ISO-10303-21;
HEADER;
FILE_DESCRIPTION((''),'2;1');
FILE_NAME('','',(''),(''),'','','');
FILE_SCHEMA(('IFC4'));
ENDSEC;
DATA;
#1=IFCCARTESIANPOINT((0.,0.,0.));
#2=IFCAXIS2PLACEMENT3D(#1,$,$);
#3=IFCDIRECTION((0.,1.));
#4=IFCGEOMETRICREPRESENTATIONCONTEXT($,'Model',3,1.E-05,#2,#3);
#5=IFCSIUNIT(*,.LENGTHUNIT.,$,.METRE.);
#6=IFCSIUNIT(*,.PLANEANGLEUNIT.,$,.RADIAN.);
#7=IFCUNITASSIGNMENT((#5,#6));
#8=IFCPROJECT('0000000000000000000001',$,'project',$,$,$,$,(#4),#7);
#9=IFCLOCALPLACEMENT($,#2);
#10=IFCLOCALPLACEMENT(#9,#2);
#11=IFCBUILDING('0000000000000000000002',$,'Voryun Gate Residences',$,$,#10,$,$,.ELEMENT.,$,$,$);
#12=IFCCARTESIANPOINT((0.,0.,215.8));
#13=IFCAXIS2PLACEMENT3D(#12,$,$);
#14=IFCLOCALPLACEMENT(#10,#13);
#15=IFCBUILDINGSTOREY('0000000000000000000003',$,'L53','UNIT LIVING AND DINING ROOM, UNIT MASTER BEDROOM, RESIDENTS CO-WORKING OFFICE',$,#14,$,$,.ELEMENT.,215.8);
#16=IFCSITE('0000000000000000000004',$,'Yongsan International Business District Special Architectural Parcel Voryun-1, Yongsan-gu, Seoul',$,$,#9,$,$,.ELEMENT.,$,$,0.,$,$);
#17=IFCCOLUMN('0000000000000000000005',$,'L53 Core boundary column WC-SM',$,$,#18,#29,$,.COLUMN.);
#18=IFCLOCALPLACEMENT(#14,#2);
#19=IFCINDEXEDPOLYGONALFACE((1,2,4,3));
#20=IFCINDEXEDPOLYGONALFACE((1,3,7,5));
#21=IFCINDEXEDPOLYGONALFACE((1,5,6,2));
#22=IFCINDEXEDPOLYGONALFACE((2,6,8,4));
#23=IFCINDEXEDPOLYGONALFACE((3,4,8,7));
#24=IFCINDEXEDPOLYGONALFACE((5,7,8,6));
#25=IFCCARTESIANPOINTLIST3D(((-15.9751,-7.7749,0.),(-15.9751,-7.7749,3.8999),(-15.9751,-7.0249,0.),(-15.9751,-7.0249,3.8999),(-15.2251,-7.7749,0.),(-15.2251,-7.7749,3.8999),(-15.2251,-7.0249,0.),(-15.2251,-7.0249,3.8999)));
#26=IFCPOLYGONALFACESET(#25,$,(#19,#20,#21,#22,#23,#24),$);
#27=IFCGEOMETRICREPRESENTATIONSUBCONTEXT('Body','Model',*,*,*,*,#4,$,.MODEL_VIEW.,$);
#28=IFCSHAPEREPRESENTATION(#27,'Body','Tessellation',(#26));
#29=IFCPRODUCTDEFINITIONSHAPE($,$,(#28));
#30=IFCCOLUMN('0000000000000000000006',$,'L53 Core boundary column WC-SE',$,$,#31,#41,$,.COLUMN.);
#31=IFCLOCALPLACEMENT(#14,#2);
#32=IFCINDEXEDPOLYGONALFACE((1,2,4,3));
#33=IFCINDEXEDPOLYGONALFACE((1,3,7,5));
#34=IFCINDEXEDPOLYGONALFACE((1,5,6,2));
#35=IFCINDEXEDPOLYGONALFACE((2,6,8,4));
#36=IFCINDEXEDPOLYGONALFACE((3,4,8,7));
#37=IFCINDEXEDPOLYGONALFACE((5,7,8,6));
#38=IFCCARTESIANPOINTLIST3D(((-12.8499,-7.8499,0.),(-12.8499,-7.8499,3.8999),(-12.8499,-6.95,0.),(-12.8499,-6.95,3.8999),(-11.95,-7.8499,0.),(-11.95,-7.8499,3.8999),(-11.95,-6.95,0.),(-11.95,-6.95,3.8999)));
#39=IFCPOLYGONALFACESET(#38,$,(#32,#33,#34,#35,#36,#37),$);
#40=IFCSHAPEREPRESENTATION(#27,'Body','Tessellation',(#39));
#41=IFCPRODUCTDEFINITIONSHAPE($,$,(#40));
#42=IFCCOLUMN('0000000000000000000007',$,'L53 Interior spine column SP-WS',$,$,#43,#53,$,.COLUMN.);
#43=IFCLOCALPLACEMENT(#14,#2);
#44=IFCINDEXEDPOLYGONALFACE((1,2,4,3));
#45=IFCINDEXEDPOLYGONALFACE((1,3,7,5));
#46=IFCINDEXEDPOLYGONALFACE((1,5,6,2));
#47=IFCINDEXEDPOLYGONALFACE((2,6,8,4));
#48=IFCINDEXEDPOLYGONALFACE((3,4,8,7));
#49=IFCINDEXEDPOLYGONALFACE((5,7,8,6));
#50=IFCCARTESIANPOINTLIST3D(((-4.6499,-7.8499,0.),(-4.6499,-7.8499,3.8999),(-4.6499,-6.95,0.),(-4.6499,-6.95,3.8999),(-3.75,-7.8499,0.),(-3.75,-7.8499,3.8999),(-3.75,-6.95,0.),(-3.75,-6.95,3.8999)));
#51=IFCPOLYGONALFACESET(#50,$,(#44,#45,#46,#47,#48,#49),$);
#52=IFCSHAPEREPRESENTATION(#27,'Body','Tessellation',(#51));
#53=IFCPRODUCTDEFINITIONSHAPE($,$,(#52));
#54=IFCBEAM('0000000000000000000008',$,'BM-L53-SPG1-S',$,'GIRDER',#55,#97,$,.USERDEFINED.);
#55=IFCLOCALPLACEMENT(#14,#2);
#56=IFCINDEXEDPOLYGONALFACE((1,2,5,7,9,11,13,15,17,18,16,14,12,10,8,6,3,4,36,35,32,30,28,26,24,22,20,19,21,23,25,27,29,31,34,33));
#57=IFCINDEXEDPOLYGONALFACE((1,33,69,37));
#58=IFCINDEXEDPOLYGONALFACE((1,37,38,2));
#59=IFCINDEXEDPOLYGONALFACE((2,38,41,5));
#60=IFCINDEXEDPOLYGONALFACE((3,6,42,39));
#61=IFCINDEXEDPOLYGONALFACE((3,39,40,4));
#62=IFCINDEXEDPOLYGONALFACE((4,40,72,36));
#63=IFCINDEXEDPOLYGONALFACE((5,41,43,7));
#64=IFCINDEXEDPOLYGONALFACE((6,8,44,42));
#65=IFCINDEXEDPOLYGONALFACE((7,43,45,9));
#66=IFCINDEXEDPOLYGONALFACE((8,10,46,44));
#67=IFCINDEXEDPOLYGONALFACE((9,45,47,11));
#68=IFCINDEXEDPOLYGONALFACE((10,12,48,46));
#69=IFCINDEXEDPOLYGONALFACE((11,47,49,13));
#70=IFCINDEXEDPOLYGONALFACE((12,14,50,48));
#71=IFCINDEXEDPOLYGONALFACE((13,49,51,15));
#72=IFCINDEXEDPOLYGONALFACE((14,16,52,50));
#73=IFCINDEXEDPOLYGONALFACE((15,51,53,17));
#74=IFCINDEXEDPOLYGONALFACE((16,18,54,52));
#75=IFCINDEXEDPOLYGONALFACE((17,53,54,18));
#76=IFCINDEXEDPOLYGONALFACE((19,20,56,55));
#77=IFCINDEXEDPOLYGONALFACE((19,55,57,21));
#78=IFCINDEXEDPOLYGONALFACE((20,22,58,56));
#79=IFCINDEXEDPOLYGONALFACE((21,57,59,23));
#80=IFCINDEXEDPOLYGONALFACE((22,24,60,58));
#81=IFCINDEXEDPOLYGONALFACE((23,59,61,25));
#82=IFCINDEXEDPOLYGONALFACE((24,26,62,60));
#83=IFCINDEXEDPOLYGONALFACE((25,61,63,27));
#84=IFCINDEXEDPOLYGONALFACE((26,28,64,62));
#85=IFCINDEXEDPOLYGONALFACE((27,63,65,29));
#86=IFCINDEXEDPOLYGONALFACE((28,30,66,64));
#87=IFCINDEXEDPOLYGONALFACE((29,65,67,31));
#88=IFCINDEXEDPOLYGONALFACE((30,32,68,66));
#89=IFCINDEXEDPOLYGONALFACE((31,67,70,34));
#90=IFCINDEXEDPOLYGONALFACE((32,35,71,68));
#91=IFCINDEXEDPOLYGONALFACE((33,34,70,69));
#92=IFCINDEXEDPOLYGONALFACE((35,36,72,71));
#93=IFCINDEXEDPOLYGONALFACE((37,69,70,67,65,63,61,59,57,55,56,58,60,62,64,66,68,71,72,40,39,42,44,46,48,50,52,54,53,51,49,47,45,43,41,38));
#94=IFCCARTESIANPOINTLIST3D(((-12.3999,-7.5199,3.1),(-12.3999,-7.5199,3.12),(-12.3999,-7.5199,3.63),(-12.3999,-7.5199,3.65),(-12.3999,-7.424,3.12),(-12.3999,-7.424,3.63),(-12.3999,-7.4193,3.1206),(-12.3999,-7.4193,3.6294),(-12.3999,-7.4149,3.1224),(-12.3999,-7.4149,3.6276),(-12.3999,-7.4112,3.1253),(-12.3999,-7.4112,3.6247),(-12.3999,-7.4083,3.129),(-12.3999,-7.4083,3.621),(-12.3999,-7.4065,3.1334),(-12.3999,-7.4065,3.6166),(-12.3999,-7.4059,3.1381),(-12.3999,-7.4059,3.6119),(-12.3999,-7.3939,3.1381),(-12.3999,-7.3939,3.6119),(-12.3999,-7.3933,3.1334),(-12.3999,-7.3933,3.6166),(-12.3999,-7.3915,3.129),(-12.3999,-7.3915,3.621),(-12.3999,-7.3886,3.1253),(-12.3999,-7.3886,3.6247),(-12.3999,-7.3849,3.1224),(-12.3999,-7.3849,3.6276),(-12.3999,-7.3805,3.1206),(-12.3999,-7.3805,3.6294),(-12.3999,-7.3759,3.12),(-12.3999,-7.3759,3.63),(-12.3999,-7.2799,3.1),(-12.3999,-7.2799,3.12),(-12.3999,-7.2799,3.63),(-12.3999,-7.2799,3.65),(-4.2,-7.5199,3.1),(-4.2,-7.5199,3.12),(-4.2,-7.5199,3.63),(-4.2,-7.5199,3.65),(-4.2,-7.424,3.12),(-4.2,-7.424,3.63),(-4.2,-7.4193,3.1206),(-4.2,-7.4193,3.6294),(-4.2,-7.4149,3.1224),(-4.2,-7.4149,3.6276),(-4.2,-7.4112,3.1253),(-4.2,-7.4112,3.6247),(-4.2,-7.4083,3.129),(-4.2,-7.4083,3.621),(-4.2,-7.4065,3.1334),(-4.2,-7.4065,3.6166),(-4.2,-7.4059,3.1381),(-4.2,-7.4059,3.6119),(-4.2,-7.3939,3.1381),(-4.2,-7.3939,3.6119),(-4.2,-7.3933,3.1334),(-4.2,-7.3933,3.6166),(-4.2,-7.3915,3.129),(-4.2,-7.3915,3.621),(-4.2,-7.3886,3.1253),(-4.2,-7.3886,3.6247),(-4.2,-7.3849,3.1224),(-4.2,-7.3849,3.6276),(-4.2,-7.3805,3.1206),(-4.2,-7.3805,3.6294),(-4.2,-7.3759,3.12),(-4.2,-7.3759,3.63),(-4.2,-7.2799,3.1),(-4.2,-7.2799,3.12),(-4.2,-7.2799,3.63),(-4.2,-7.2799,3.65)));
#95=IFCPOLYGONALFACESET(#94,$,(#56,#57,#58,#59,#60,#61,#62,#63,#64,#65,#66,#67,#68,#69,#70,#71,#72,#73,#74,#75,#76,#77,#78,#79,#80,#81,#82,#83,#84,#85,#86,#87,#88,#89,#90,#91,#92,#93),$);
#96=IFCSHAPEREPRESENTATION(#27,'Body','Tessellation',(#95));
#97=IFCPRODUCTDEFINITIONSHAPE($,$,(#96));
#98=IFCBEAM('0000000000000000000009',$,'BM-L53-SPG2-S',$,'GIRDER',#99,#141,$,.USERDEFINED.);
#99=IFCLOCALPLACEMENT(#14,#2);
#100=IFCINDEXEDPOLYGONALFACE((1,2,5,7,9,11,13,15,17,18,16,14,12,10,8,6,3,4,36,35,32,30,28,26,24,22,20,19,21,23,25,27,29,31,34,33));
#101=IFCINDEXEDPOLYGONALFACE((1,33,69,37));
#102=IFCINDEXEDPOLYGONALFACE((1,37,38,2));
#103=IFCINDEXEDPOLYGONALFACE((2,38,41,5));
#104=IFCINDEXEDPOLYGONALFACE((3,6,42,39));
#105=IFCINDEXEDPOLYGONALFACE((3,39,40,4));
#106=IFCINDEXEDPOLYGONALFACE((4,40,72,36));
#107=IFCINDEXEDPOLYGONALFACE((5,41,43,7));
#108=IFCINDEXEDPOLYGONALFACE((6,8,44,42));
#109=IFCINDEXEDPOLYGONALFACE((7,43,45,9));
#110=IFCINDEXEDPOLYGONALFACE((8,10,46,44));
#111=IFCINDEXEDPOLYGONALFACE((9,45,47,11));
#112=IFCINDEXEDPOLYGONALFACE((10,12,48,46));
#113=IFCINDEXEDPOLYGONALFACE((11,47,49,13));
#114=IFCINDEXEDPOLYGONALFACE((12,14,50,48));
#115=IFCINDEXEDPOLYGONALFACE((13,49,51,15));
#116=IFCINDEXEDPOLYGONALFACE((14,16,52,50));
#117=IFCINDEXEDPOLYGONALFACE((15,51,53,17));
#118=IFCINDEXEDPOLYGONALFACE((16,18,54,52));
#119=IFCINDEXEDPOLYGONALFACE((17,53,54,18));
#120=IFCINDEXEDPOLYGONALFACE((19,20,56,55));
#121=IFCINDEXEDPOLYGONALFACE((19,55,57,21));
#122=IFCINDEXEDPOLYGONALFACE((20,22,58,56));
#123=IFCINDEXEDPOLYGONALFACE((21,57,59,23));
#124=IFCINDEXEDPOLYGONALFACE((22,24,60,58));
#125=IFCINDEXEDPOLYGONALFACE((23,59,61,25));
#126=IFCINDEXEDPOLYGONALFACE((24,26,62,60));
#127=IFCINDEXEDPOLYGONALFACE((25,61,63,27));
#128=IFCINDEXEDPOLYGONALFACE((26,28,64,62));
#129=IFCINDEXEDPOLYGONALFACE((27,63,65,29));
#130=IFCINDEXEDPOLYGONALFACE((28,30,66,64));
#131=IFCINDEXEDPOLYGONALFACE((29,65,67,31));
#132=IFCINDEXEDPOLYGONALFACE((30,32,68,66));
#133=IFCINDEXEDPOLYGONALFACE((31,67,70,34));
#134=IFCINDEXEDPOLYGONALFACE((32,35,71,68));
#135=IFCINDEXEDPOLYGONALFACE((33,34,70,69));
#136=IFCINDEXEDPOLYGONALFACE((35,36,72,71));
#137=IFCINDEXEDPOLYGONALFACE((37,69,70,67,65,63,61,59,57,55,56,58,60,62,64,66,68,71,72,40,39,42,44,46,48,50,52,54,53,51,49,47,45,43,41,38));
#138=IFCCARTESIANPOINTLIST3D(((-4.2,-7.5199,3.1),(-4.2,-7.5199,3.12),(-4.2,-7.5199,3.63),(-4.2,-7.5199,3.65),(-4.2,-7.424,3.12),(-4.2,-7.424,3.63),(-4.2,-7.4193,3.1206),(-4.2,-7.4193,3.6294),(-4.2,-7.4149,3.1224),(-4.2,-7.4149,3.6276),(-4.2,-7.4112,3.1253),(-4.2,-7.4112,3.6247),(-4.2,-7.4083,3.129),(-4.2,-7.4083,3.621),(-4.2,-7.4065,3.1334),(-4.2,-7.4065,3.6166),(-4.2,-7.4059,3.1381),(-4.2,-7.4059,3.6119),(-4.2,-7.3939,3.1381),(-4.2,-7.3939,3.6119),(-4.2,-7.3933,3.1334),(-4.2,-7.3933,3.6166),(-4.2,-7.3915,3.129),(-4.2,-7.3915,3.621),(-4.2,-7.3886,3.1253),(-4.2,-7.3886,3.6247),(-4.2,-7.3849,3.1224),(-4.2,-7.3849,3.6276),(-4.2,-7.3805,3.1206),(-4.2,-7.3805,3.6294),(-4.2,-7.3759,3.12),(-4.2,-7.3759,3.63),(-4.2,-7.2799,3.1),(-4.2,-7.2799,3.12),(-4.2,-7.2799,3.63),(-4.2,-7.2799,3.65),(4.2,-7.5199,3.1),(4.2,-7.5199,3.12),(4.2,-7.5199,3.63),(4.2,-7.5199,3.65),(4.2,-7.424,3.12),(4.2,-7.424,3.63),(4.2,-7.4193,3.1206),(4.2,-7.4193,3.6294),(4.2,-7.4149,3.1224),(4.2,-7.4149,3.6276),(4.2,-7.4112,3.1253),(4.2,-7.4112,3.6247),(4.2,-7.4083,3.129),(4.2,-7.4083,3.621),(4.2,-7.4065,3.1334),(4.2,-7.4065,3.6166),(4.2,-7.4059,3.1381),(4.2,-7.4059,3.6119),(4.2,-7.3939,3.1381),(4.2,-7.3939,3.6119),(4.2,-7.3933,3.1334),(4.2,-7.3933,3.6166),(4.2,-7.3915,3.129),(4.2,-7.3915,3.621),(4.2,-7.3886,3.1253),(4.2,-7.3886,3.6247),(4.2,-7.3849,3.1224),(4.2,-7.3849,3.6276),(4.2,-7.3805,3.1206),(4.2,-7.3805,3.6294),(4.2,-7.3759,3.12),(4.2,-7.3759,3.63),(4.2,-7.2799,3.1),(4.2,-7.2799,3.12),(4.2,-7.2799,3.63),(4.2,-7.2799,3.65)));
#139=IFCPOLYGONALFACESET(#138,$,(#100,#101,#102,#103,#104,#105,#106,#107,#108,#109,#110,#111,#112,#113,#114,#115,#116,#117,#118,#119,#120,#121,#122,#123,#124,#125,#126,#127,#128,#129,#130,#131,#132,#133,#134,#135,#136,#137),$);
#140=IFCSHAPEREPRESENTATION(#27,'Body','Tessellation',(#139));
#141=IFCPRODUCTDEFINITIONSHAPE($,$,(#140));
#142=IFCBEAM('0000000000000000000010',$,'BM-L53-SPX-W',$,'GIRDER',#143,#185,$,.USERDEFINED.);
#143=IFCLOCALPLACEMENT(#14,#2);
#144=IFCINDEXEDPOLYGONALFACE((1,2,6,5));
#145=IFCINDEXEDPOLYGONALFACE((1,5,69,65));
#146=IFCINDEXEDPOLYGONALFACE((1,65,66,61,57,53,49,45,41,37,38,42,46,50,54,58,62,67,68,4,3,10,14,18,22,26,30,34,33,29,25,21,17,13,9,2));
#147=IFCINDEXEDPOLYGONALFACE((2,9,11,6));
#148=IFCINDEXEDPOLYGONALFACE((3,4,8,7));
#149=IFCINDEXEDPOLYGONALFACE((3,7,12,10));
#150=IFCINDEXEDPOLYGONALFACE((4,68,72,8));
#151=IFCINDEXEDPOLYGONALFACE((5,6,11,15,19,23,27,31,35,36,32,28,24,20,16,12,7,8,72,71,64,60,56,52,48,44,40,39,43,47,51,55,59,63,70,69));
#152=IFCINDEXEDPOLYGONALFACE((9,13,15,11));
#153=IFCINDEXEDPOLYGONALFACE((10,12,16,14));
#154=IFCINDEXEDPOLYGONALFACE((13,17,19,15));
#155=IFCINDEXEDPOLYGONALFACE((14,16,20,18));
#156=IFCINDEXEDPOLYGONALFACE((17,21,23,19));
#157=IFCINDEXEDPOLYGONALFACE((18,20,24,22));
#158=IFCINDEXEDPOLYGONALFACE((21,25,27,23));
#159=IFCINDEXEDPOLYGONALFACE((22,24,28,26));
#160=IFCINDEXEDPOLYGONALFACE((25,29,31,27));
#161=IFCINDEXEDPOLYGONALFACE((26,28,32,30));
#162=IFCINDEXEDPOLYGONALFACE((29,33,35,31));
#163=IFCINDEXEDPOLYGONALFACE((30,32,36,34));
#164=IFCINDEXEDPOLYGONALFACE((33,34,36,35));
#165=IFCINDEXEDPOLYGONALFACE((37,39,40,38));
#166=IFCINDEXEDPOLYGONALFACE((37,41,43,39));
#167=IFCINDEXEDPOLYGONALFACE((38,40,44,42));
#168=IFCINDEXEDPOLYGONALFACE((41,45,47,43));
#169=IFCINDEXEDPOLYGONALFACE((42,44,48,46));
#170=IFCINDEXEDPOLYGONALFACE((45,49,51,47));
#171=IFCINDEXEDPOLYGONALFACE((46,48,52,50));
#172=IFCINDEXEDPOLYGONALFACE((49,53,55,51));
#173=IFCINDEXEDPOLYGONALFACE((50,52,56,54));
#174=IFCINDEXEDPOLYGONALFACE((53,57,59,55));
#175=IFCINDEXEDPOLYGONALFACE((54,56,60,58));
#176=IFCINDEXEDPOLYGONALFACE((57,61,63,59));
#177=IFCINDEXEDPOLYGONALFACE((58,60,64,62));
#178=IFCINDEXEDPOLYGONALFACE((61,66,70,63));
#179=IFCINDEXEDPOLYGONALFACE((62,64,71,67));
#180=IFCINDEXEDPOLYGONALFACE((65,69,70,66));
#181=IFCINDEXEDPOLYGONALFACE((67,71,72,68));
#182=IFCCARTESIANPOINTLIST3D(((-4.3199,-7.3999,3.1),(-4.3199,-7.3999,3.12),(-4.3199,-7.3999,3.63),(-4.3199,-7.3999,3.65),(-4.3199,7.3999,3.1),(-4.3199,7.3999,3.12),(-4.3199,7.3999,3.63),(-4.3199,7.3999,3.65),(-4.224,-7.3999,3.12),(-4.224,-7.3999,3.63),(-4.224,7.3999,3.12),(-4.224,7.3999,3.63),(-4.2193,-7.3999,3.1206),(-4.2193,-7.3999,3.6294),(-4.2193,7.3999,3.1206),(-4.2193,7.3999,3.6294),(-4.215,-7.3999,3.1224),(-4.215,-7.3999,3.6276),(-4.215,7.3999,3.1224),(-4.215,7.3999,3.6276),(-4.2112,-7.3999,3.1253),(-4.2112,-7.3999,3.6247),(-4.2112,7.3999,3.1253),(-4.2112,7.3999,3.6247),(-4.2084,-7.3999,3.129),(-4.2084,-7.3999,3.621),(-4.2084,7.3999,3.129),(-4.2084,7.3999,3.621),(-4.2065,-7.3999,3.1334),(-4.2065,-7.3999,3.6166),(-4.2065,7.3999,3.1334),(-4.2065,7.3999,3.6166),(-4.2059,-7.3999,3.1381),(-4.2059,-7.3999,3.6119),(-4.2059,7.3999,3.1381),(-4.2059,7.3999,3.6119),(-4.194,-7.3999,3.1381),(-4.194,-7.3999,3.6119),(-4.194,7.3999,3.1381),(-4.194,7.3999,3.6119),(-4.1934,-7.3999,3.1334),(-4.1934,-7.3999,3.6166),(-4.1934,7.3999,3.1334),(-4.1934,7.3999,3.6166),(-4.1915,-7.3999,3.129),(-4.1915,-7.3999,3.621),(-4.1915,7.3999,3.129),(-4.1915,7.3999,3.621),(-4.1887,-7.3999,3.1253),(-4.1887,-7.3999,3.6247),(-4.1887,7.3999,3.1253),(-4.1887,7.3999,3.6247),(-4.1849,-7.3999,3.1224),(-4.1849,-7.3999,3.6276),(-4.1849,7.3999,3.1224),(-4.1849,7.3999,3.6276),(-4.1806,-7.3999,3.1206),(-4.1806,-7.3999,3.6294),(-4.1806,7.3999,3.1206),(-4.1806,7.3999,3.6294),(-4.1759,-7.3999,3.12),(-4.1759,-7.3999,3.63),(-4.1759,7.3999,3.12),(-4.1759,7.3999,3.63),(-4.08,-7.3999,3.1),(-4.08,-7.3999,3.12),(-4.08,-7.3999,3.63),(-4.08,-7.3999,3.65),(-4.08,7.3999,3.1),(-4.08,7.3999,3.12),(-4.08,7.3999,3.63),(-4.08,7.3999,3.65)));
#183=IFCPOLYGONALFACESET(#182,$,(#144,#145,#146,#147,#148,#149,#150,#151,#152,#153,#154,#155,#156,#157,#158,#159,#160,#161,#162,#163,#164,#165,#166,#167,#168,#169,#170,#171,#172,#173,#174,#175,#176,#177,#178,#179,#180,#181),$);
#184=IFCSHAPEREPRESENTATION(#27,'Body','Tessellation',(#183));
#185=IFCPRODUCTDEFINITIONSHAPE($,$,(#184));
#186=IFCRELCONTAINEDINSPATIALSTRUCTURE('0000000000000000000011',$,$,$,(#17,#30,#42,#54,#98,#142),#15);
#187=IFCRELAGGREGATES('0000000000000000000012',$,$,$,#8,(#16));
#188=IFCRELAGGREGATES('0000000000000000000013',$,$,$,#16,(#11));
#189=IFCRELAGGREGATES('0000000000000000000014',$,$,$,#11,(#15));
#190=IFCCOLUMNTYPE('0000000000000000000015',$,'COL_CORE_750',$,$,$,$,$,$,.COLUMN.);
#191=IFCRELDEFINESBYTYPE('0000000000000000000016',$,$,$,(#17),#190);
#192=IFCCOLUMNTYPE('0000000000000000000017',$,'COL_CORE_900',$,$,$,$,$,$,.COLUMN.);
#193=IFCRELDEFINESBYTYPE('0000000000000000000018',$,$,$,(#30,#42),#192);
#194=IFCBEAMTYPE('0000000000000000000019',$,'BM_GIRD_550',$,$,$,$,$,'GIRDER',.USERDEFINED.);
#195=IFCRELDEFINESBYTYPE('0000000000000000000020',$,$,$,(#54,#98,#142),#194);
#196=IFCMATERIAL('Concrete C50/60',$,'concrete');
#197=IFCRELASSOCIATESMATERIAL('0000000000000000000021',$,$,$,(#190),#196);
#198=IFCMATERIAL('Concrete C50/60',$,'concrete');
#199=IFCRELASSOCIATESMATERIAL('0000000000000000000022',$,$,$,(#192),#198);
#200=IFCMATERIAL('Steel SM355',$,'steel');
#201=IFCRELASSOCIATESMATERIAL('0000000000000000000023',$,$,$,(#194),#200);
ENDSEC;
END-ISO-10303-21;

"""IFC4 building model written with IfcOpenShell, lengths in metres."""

from ifc_helpers import new_model, si_unit, direction, frame, origin, origin_2d, place, context, subcontext, project, spatial, rectangle, i_section, extrude, material, material_profile, profile_set, type_object, element, save


model = new_model("IFC4")

# Units and contexts
model_context = context("Model", 3, precision=1e-05, world=origin(), true_north=direction((0.0, 1.0)))
body_context = subcontext(model_context, "Body", "Model", "MODEL_VIEW")
ifc_project = project(units=[si_unit("LENGTHUNIT", "METRE"), si_unit("PLANEANGLEUNIT", "RADIAN")], contexts=[model_context])

# Site, building, storey
site_placement = place(None, origin())
site = spatial("IfcSite", under=ifc_project, at=site_placement, Name="Yongsan International Business District Special Architectural Parcel Voryun-1, Yongsan-gu, Seoul", CompositionType="ELEMENT", RefElevation=0.0)
building_placement = place(site_placement, origin())
building = spatial("IfcBuilding", under=site, at=building_placement, Name="Voryun Gate Residences", CompositionType="ELEMENT")
storey_placement = place(building_placement, frame((0.0, 0.0, 215.8)))
storey = spatial("IfcBuildingStorey", under=building, at=storey_placement, Name="L53", Description="UNIT LIVING AND DINING ROOM, UNIT MASTER BEDROOM, RESIDENTS CO-WORKING OFFICE", CompositionType="ELEMENT", Elevation=215.8)

# Columns
ifc_material_1 = material(Name="Concrete C50/60", Category="concrete")
ifc_material_profile_1 = material_profile(ifc_material_1, rectangle(XDim=0.75, YDim=0.75, at=origin_2d()), Name="RC-750x750")
ifc_profile_set_1 = profile_set([ifc_material_profile_1], Name="Concrete C50/60")
column_type_1 = type_object("IfcColumnType", Name="COL_CORE_750", PredefinedType="COLUMN", material=ifc_profile_set_1)
column_placement = place(storey_placement, frame((-15.6001, -7.3999, 0.0), z_axis=(0.0, 0.0, 1.0), x_axis=(1.0, 0.0, 0.0)))
element("IfcColumn", 1, at=column_placement, inside=storey, type_object=column_type_1, Name="L53 Core boundary column WC-SM", PredefinedType="COLUMN", context=body_context, shape_type="SweptSolid", body=[
    extrude(rectangle(XDim=0.75, YDim=0.75, at=origin_2d()), origin(), (0.0, 0.0, 1.0), 3.8999),
])
ifc_material_2 = material(Name="Concrete C50/60", Category="concrete")
ifc_material_profile_2 = material_profile(ifc_material_2, rectangle(XDim=0.8999, YDim=0.8999, at=origin_2d()), Name="RC-900x900")
ifc_profile_set_2 = profile_set([ifc_material_profile_2], Name="Concrete C50/60")
column_type_2 = type_object("IfcColumnType", Name="COL_CORE_900", PredefinedType="COLUMN", material=ifc_profile_set_2)
for number, where, z_axis, x_axis, name in (
    (2, (-12.3999, -7.3999, 0.0), (0.0, 0.0, 1.0), (1.0, 0.0, 0.0), "L53 Core boundary column WC-SE"),
    (3, (-4.2, -7.3999, 0.0), (0.0, 0.0, 1.0), (1.0, 0.0, 0.0), "L53 Interior spine column SP-WS"),
):
    element("IfcColumn", number, at=place(storey_placement, frame(where, z_axis=z_axis, x_axis=x_axis)), inside=storey, type_object=column_type_2, Name=name, PredefinedType="COLUMN", context=body_context, shape_type="SweptSolid", body=[
        extrude(rectangle(XDim=0.8999, YDim=0.8999, at=origin_2d()), origin(), (0.0, 0.0, 1.0), 3.8999),
    ])

# Beams
ifc_material_3 = material(Name="Steel SM355", Category="steel")
ifc_material_profile_3 = material_profile(ifc_material_3, i_section(OverallWidth=0.24, OverallDepth=0.55, WebThickness=0.012, FlangeThickness=0.02, FilletRadius=0.0181, at=origin_2d()), Name="H-550x240x12x20")
ifc_profile_set_3 = profile_set([ifc_material_profile_3], Name="Steel SM355")
beam_type_1 = type_object("IfcBeamType", Name="BM_GIRD_550", ElementType="GIRDER", PredefinedType="USERDEFINED", material=ifc_profile_set_3)
beam_1_placement = place(storey_placement, frame((-12.3999, -7.3999, 3.375), z_axis=(1.0, 0.0, 0.0), x_axis=(0.0, 1.0, 0.0)))
element("IfcBeam", 4, at=beam_1_placement, inside=storey, type_object=beam_type_1, Name="BM-L53-SPG1-S", ObjectType="GIRDER", PredefinedType="USERDEFINED", context=body_context, shape_type="SweptSolid", body=[
    extrude(i_section(OverallWidth=0.24, OverallDepth=0.55, WebThickness=0.012, FlangeThickness=0.02, FilletRadius=0.0181, at=origin_2d()), origin(), (0.0, 0.0, 1.0), 8.2),
])
beam_2_placement = place(storey_placement, frame((-4.2, -7.3999, 3.375), z_axis=(1.0, 0.0, 0.0), x_axis=(0.0, 1.0, 0.0)))
element("IfcBeam", 5, at=beam_2_placement, inside=storey, type_object=beam_type_1, Name="BM-L53-SPG2-S", ObjectType="GIRDER", PredefinedType="USERDEFINED", context=body_context, shape_type="SweptSolid", body=[
    extrude(i_section(OverallWidth=0.24, OverallDepth=0.55, WebThickness=0.012, FlangeThickness=0.02, FilletRadius=0.0181, at=origin_2d()), origin(), (0.0, 0.0, 1.0), 8.3999),
])
beam_3_placement = place(storey_placement, frame((-4.2, -7.3999, 3.375), z_axis=(0.0, 1.0, 0.0), x_axis=(-1.0, 0.0, 0.0)))
element("IfcBeam", 6, at=beam_3_placement, inside=storey, type_object=beam_type_1, Name="BM-L53-SPX-W", ObjectType="GIRDER", PredefinedType="USERDEFINED", context=body_context, shape_type="SweptSolid", body=[
    extrude(i_section(OverallWidth=0.24, OverallDepth=0.55, WebThickness=0.012, FlangeThickness=0.02, FilletRadius=0.0181, at=origin_2d()), origin(), (0.0, 0.0, 1.0), 14.7998),
])

save(model, "model.ifc")
